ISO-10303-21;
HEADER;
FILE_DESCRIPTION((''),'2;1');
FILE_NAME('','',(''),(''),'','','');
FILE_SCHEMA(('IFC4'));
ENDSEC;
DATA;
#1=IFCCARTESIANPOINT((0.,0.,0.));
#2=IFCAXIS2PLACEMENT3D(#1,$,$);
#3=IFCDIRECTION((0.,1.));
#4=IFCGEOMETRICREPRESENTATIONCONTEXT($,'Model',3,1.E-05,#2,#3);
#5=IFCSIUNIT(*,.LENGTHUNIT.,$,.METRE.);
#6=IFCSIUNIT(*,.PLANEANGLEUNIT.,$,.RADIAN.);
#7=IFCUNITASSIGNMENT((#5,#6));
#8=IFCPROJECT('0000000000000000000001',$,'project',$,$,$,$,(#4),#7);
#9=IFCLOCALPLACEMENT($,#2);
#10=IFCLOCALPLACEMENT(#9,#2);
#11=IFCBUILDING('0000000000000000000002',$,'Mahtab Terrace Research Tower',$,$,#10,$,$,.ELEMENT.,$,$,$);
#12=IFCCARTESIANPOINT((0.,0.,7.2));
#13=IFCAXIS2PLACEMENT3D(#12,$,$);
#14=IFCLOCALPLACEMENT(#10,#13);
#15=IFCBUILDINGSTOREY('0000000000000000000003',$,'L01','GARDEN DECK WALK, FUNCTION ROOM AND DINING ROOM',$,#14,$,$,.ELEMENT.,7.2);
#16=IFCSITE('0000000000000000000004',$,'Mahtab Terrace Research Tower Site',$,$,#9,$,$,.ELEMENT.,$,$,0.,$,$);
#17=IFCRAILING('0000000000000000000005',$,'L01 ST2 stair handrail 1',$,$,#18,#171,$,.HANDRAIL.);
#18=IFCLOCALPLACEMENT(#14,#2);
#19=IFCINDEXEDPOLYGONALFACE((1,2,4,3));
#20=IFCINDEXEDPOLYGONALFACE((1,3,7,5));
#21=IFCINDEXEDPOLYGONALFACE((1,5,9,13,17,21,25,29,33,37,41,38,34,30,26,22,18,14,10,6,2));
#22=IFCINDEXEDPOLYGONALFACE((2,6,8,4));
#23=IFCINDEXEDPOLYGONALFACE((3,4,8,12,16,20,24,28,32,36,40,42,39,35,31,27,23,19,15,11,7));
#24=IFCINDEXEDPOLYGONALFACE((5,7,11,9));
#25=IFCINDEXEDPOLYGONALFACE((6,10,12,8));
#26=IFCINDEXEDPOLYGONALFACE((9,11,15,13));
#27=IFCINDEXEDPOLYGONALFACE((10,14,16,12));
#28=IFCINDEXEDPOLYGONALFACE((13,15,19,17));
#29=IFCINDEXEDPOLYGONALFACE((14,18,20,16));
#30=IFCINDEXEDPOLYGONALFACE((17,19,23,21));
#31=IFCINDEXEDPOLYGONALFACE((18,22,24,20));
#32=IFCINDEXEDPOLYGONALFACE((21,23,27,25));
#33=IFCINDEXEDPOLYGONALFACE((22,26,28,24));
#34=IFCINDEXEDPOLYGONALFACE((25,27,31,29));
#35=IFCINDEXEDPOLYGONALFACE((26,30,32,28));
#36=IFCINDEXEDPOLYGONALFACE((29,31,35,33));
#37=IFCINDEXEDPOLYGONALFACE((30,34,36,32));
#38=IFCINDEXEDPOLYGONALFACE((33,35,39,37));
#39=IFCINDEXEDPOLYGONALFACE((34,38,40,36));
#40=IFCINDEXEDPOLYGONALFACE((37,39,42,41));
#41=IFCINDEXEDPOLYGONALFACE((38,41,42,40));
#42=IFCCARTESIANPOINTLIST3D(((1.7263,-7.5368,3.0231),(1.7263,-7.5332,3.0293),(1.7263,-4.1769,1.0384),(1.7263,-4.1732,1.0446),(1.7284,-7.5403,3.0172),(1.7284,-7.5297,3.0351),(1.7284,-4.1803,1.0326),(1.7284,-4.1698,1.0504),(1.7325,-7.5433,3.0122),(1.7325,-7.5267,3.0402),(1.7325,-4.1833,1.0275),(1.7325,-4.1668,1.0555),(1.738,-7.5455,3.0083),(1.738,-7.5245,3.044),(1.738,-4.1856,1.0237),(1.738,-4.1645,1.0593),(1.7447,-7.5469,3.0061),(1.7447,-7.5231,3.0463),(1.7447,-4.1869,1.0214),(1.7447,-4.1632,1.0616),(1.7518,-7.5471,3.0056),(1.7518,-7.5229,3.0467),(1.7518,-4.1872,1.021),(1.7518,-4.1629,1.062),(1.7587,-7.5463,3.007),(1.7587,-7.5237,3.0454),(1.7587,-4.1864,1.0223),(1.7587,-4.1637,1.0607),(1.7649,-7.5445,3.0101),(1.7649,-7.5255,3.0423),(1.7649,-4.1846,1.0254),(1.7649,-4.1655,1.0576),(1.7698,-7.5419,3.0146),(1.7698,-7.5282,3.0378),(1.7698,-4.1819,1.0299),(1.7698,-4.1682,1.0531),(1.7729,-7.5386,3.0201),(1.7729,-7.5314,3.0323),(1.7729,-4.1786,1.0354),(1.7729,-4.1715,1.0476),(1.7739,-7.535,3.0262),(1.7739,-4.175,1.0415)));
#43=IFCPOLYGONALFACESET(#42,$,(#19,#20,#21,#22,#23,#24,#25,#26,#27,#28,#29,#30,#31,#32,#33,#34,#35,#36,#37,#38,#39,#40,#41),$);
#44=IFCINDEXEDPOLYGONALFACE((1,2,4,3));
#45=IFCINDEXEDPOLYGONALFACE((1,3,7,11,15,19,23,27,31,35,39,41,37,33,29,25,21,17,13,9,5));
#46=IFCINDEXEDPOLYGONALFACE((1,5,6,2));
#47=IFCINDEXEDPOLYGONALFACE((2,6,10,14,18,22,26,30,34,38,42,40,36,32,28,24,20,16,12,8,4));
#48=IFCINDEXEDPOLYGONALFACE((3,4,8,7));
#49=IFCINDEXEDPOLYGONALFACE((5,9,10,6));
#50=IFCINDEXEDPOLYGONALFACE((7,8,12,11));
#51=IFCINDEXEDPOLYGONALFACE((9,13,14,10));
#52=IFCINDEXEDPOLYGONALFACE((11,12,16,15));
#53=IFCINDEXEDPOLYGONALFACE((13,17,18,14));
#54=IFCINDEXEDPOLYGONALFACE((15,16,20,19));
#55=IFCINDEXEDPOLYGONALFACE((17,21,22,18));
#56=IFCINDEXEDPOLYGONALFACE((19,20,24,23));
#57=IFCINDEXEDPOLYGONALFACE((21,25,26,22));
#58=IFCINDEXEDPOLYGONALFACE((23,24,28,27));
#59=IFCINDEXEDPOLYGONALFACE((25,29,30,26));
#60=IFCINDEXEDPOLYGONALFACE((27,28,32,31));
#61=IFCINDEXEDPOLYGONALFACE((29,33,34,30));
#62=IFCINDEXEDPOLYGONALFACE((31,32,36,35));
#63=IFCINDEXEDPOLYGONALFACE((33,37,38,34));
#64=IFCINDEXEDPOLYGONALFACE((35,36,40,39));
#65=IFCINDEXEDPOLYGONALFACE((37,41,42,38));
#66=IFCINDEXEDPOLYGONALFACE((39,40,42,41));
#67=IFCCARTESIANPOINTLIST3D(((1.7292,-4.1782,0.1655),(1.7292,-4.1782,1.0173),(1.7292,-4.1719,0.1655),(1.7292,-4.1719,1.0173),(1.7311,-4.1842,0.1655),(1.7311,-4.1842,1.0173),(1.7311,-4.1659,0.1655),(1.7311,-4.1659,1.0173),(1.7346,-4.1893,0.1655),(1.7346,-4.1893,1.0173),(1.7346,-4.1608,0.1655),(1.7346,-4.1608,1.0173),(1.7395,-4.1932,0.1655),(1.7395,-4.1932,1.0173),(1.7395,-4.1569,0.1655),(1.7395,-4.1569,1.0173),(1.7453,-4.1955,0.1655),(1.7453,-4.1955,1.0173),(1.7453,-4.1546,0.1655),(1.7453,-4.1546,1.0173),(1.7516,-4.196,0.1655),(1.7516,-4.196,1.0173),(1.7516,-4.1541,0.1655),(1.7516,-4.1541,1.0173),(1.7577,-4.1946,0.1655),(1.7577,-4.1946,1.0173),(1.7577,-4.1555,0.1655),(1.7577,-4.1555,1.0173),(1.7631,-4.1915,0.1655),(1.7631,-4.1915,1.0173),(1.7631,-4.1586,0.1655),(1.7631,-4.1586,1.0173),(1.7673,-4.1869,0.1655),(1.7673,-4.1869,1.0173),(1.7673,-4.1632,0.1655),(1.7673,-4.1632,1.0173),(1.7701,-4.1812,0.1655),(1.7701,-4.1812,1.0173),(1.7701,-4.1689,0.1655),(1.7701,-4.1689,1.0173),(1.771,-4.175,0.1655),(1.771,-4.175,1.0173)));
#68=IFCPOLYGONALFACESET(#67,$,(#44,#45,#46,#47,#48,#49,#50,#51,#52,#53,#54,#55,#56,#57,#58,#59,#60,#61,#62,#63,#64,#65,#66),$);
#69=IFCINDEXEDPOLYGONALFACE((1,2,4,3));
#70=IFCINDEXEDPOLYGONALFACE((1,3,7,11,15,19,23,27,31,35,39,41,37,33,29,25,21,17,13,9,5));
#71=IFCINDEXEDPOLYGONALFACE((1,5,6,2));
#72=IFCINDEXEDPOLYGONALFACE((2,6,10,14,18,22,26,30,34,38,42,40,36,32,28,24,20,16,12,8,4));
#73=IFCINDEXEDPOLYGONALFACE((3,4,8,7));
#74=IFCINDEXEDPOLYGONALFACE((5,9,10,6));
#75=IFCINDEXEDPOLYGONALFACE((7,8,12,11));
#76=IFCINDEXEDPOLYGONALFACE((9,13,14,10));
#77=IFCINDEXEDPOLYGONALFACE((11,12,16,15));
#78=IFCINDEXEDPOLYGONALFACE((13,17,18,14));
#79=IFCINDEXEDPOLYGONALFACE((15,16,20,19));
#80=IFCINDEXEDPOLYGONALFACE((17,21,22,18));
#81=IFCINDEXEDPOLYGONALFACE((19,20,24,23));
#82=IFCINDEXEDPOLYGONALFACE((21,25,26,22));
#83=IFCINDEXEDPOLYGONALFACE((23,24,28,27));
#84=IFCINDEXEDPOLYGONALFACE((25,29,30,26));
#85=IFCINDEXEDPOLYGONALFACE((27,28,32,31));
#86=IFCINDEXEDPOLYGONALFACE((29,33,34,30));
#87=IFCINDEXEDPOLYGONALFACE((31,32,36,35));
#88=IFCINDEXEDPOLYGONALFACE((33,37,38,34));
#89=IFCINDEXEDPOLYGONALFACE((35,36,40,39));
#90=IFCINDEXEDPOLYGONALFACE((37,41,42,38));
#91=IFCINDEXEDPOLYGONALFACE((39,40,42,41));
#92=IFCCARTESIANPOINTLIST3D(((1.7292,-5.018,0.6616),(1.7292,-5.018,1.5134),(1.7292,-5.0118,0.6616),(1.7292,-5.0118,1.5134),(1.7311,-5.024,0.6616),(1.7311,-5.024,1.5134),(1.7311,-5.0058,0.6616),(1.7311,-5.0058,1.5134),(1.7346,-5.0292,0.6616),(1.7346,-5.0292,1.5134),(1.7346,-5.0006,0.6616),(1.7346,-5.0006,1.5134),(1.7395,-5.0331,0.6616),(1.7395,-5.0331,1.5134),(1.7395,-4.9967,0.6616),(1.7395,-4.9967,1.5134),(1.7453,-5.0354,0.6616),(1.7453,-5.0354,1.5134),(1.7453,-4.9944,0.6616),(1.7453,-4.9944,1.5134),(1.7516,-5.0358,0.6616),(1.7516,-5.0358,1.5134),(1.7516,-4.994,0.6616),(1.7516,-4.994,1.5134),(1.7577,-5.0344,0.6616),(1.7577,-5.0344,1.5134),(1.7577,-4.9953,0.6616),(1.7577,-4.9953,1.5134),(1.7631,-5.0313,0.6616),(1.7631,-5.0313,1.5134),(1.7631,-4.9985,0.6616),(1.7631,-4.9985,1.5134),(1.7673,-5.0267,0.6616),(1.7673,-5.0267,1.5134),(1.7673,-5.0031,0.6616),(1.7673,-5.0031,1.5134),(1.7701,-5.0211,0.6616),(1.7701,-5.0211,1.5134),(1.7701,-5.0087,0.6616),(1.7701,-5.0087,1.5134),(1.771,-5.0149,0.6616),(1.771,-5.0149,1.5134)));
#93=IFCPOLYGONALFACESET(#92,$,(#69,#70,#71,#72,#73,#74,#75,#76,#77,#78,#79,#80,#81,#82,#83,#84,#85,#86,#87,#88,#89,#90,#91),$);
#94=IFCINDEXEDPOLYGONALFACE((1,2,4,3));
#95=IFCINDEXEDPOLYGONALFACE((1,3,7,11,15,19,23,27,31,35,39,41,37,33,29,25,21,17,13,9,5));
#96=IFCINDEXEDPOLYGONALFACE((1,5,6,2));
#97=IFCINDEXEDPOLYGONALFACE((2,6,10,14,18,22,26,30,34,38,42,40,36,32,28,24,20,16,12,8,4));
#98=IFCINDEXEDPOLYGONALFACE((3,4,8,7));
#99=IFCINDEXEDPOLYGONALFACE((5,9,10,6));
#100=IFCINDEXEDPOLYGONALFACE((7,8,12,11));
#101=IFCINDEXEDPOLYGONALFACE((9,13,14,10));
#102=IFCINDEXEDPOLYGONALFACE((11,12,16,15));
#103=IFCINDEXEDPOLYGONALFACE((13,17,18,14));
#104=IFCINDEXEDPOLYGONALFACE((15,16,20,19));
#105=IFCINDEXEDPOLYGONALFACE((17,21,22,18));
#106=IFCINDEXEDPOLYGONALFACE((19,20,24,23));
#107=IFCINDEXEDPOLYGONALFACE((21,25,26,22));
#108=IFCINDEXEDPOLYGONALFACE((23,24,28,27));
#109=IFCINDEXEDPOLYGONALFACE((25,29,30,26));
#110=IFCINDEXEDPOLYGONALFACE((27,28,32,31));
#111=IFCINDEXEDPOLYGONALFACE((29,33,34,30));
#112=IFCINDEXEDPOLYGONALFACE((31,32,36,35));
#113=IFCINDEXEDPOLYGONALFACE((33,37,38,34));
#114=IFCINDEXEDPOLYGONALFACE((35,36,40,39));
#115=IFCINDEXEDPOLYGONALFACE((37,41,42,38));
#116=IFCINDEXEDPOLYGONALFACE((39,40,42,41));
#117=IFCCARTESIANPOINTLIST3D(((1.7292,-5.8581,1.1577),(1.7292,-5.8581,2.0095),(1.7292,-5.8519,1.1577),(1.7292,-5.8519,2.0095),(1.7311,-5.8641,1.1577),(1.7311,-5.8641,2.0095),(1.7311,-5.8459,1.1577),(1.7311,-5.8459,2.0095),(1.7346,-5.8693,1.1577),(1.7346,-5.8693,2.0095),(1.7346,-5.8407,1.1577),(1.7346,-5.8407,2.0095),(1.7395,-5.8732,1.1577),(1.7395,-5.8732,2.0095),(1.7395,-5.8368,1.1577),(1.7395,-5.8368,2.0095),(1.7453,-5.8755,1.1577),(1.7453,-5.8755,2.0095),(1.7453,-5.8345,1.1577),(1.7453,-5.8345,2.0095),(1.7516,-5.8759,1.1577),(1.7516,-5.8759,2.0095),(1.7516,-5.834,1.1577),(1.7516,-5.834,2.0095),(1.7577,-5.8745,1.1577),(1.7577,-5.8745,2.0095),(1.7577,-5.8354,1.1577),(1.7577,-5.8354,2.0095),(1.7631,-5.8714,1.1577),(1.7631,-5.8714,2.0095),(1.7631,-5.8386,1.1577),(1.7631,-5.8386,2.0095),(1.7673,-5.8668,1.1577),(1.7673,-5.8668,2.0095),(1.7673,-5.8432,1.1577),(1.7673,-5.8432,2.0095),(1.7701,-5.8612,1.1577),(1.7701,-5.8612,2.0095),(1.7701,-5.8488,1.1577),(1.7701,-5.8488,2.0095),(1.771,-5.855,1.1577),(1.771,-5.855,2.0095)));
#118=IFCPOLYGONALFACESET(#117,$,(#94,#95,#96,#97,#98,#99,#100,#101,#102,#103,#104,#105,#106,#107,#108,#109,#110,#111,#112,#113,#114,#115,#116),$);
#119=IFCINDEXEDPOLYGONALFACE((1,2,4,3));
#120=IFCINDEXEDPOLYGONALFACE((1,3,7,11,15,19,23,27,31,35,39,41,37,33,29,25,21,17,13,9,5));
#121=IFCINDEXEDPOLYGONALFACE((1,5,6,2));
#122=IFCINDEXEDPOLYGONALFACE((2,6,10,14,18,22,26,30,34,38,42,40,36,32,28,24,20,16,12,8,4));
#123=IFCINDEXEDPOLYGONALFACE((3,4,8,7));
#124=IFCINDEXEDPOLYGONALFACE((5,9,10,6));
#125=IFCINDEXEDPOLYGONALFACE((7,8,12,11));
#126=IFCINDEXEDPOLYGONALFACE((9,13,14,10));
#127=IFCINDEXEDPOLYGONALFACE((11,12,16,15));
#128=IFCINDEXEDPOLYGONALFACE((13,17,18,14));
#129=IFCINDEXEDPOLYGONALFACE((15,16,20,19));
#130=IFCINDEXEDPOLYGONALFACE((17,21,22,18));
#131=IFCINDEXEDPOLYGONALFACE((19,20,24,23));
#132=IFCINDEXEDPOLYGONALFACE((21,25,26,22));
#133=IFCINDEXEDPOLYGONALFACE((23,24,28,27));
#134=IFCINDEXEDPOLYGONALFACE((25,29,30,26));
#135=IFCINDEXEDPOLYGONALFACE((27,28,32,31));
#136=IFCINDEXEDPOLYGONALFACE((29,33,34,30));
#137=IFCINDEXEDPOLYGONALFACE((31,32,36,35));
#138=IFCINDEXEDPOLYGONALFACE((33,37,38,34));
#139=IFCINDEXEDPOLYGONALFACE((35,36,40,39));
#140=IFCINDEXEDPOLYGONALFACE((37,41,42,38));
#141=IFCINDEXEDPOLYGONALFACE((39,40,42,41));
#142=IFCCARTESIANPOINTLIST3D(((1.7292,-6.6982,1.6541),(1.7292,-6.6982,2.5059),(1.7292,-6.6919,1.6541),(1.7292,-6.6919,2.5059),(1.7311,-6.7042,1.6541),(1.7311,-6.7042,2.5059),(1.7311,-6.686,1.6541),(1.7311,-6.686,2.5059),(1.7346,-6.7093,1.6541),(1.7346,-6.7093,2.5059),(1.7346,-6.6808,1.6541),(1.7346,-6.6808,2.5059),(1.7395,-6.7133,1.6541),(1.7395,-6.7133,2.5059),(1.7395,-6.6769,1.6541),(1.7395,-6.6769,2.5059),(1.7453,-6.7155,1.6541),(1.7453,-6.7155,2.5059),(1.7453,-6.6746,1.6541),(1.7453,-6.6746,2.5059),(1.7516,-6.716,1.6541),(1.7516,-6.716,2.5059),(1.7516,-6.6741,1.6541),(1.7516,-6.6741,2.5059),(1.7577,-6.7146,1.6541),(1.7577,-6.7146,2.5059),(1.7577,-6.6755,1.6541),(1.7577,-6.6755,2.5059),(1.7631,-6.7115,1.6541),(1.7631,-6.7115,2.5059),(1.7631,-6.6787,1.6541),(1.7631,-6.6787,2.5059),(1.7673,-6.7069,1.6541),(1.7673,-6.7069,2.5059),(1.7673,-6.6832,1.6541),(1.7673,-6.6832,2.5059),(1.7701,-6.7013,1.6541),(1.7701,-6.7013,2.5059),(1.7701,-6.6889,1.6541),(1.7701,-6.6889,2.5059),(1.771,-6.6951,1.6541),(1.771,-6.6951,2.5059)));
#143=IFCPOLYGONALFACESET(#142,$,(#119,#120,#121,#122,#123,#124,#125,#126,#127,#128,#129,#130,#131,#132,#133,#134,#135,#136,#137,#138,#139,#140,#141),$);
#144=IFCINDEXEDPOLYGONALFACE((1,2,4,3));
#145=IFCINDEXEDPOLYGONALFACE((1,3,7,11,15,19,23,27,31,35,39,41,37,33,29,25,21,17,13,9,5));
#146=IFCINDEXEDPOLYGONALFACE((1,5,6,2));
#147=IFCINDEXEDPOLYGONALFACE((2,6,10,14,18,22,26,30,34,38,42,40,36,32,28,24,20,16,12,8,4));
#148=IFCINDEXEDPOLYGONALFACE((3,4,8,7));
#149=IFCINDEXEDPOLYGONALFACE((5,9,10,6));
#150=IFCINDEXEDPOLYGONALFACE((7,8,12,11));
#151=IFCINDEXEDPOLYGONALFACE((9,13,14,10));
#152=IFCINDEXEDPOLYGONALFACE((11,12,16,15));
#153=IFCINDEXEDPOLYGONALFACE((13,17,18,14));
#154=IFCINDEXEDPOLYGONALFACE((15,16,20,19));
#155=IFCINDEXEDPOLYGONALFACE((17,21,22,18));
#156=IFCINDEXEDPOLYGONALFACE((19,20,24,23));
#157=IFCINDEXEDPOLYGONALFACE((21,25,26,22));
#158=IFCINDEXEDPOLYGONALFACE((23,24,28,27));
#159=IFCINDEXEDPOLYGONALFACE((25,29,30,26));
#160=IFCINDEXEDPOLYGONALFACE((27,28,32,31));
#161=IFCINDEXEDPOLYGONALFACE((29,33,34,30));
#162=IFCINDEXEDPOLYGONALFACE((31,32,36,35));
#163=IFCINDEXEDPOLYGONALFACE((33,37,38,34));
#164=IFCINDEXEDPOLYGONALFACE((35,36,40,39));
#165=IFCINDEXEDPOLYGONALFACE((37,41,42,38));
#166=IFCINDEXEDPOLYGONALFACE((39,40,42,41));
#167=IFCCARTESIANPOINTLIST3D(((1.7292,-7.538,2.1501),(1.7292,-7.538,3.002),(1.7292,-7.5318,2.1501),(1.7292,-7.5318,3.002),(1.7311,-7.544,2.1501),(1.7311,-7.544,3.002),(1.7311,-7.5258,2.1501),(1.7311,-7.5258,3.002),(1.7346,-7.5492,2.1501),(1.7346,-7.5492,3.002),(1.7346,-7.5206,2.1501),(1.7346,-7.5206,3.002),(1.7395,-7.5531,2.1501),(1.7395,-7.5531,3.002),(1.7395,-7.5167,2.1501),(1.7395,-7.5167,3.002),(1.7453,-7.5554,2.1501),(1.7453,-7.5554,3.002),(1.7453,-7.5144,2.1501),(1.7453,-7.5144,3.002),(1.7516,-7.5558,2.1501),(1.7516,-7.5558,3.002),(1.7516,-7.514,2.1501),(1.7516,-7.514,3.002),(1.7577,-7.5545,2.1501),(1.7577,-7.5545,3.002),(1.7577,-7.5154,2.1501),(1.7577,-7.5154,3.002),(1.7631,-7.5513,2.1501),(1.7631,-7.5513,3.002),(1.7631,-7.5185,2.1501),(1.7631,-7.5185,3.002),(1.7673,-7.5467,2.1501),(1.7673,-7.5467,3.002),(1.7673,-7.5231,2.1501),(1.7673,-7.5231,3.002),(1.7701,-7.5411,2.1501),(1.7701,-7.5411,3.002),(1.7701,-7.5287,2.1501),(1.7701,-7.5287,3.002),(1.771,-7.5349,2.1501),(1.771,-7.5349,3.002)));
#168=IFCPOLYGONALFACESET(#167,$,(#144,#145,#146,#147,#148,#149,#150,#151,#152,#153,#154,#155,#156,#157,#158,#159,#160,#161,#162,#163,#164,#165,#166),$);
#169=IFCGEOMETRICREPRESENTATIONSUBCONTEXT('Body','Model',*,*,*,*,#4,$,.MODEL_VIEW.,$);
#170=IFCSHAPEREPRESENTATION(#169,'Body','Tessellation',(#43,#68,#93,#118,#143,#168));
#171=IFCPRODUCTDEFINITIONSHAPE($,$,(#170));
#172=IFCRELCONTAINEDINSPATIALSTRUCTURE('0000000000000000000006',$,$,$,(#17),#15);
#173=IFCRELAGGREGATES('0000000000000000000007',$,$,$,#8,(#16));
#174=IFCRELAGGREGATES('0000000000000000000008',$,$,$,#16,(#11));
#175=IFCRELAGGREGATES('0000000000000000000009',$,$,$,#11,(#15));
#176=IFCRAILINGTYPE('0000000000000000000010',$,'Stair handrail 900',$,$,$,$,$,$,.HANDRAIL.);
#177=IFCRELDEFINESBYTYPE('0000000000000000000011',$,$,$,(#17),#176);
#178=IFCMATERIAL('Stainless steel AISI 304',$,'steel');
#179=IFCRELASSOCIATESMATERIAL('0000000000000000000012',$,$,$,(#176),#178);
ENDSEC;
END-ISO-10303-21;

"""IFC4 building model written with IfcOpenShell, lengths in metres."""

from ifc_helpers import new_model, si_unit, direction, frame, origin, origin_2d, place, context, subcontext, project, spatial, circle, extrude, material, type_object, element, save


model = new_model("IFC4")

# Units and contexts
model_context = context("Model", 3, precision=1e-05, world=origin(), true_north=direction((0.0, 1.0)))
body_context = subcontext(model_context, "Body", "Model", "MODEL_VIEW")
ifc_project = project(units=[si_unit("LENGTHUNIT", "METRE"), si_unit("PLANEANGLEUNIT", "RADIAN")], contexts=[model_context])

# Site, building, storey
site_placement = place(None, origin())
site = spatial("IfcSite", under=ifc_project, at=site_placement, Name="Mahtab Terrace Research Tower Site", CompositionType="ELEMENT", RefElevation=0.0)
building_placement = place(site_placement, origin())
building = spatial("IfcBuilding", under=site, at=building_placement, Name="Mahtab Terrace Research Tower", CompositionType="ELEMENT")
storey_placement = place(building_placement, frame((0.0, 0.0, 7.2)))
storey = spatial("IfcBuildingStorey", under=building, at=storey_placement, Name="L01", Description="GARDEN DECK WALK, FUNCTION ROOM AND DINING ROOM", CompositionType="ELEMENT", Elevation=7.2)

# Shared definitions
ifc_material_1 = material(Name="Stainless steel AISI 304", Category="steel")

# Railing
railing_type_1 = type_object("IfcRailingType", Name="Stair handrail 900", PredefinedType="HANDRAIL", material=ifc_material_1)
railing_1_placement = place(storey_placement, frame((1.75, -4.175, 0.1655)))
element("IfcRailing", 1, at=railing_1_placement, inside=storey, type_object=railing_type_1, Name="L01 ST2 stair handrail 1", PredefinedType="HANDRAIL", context=body_context, shape_type="SweptSolid", body=[
    extrude(circle(Radius=0.0239, at=origin_2d()), frame((0.0, 0.0, 0.876), z_axis=(0.0, -0.861011, 0.508586), x_axis=(1.0, 0.0, 0.0)), (0.0, 0.0, 1.0), 3.9023),
    extrude(circle(Radius=0.021, at=origin_2d()), origin(), (0.0, 0.0, 1.0), 0.8518),
    extrude(circle(Radius=0.021, at=origin_2d()), frame((0.0, -0.8398, 0.4961)), (0.0, 0.0, 1.0), 0.8518),
    extrude(circle(Radius=0.021, at=origin_2d()), frame((0.0, -1.6799, 0.9922)), (0.0, 0.0, 1.0), 0.8518),
    extrude(circle(Radius=0.021, at=origin_2d()), frame((0.0, -2.52, 1.4885)), (0.0, 0.0, 1.0), 0.8518),
    extrude(circle(Radius=0.021, at=origin_2d()), frame((0.0, -3.3599, 1.9846)), (0.0, 0.0, 1.0), 0.8518),
])

save(model, "model.ifc")
